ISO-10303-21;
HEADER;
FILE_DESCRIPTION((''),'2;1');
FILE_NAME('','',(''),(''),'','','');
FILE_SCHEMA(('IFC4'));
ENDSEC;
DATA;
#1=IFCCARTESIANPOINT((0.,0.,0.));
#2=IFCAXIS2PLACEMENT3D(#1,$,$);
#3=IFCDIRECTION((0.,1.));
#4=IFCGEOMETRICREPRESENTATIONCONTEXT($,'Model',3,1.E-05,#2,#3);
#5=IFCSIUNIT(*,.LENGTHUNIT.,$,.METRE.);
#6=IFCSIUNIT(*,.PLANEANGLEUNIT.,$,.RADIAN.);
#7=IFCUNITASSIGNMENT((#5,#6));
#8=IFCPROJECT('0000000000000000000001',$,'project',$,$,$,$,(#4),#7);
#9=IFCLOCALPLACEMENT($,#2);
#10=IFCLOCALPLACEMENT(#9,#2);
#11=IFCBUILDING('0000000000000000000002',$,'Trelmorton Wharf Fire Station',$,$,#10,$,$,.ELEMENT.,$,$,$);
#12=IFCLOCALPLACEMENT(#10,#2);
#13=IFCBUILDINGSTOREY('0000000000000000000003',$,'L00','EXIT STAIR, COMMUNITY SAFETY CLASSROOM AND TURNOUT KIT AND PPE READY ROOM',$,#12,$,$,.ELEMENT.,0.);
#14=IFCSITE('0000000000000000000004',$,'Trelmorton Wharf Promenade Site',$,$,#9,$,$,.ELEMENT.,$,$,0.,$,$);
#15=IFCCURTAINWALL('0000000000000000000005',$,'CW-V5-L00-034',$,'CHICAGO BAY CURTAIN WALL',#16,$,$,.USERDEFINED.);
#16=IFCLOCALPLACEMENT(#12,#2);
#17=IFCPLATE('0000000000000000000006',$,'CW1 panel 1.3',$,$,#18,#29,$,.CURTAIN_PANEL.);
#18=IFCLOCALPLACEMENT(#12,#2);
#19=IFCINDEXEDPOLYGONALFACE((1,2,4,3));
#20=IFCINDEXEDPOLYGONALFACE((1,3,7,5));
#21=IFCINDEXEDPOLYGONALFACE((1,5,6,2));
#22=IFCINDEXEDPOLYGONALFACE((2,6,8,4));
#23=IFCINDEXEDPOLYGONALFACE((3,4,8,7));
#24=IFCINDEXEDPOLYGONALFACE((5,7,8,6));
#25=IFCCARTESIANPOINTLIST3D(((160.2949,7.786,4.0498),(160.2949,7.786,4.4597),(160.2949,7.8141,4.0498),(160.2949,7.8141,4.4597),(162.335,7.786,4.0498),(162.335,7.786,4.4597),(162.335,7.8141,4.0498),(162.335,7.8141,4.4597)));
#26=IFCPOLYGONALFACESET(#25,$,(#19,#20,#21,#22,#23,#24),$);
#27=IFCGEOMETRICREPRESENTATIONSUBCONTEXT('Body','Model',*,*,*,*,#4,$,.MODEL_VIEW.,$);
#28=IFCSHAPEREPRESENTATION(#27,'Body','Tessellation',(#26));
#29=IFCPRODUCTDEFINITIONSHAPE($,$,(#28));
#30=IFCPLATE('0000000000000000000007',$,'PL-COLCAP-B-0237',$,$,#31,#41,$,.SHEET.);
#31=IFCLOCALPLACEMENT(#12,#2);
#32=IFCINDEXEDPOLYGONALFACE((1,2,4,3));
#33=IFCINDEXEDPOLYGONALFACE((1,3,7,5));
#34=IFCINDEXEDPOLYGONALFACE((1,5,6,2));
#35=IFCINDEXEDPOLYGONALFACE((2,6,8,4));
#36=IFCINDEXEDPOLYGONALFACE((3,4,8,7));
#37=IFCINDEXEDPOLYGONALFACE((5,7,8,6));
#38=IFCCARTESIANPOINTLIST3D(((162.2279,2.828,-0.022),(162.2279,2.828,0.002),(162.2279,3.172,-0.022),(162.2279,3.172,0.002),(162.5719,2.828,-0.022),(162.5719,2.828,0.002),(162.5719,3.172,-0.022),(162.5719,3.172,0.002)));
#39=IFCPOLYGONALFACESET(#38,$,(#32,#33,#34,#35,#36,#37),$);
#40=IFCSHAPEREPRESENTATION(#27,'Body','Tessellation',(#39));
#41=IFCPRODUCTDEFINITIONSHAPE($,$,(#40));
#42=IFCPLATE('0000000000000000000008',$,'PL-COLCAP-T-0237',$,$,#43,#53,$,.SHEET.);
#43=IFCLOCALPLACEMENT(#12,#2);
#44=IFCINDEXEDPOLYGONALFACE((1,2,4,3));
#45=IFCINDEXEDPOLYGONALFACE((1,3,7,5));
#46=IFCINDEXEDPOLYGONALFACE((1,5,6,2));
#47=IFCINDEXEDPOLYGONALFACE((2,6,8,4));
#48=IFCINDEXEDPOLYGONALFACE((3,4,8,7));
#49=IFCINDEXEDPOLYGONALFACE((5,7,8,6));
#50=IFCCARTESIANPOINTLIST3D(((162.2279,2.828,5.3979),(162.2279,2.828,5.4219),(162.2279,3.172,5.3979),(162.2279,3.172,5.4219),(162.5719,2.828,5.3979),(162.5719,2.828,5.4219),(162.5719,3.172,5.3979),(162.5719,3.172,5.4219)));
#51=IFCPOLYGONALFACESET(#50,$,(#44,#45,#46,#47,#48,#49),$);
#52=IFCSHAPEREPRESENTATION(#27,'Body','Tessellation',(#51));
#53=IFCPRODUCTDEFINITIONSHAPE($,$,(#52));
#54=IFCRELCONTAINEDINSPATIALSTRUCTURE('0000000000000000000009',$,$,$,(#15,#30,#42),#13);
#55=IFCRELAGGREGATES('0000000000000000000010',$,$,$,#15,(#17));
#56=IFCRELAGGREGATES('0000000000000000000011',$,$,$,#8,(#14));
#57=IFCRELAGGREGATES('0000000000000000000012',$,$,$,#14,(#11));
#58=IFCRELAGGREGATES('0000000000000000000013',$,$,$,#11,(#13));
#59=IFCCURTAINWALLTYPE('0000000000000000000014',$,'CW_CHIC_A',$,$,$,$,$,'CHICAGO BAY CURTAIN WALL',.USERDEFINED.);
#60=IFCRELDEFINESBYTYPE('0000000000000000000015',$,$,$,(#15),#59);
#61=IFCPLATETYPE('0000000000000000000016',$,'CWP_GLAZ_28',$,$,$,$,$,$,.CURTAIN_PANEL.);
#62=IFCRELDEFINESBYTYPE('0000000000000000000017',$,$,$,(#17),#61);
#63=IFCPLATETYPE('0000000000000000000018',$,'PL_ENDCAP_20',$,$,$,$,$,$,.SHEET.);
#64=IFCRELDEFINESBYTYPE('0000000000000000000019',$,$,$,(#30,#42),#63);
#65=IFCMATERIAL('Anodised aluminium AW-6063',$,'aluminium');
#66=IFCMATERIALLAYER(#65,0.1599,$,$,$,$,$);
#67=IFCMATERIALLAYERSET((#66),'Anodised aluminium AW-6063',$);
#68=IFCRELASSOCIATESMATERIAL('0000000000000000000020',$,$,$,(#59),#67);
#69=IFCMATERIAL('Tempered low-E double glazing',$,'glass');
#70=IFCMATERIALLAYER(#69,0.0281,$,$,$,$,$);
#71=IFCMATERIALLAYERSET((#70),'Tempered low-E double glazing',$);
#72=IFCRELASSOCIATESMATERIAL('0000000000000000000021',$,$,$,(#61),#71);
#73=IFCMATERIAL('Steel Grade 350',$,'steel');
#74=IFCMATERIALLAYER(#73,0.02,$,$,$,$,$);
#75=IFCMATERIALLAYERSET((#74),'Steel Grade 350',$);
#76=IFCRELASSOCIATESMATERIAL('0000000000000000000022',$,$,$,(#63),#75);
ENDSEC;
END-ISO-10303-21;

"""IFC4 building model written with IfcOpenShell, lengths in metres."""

from ifc_helpers import new_model, si_unit, direction, frame, origin, origin_2d, place, context, subcontext, project, spatial, rectangle, extrude, material, layer, layer_set, type_object, element, aggregate, save


model = new_model("IFC4")

# Units and contexts
model_context = context("Model", 3, precision=1e-05, world=origin(), true_north=direction((0.0, 1.0)))
body_context = subcontext(model_context, "Body", "Model", "MODEL_VIEW")
ifc_project = project(units=[si_unit("LENGTHUNIT", "METRE"), si_unit("PLANEANGLEUNIT", "RADIAN")], contexts=[model_context])

# Site, building, storey
site_placement = place(None, origin())
site = spatial("IfcSite", under=ifc_project, at=site_placement, Name="Trelmorton Wharf Promenade Site", CompositionType="ELEMENT", RefElevation=0.0)
building_placement = place(site_placement, origin())
building = spatial("IfcBuilding", under=site, at=building_placement, Name="Trelmorton Wharf Fire Station", CompositionType="ELEMENT")
storey_placement = place(building_placement, origin())
storey = spatial("IfcBuildingStorey", under=building, at=storey_placement, Name="L00", Description="EXIT STAIR, COMMUNITY SAFETY CLASSROOM AND TURNOUT KIT AND PPE READY ROOM", CompositionType="ELEMENT", Elevation=0.0)

# Shared definitions
ifc_material_1 = material(Name="Steel Grade 350", Category="steel")

# Curtain wall
ifc_material_2 = material(Name="Anodised aluminium AW-6063", Category="aluminium")
ifc_layer_1 = layer(ifc_material_2, 0.1599)
ifc_layer_set_1 = layer_set([ifc_layer_1], Name="Anodised aluminium AW-6063")
curtain_wall_type = type_object("IfcCurtainWallType", Name="CW_CHIC_A", ElementType="CHICAGO BAY CURTAIN WALL", PredefinedType="USERDEFINED", material=ifc_layer_set_1)
curtain_wall_placement = place(storey_placement, origin())
curtain_wall = element("IfcCurtainWall", 1, at=curtain_wall_placement, inside=storey, type_object=curtain_wall_type, Name="CW-V5-L00-034", ObjectType="CHICAGO BAY CURTAIN WALL", PredefinedType="USERDEFINED")

# Plate
ifc_material_3 = material(Name="Tempered low-E double glazing", Category="glass")
ifc_layer_2 = layer(ifc_material_3, 0.0281)
ifc_layer_set_2 = layer_set([ifc_layer_2], Name="Tempered low-E double glazing")
plate_type_1 = type_object("IfcPlateType", Name="CWP_GLAZ_28", PredefinedType="CURTAIN_PANEL", material=ifc_layer_set_2)
plate_1_placement = place(storey_placement, frame((161.3149, 7.8, 4.0498), z_axis=(0.0, 0.0, 1.0), x_axis=(-1.0, 0.0, 0.0)))
plate_1 = element("IfcPlate", 2, at=plate_1_placement, type_object=plate_type_1, Name="CW1 panel 1.3", PredefinedType="CURTAIN_PANEL", context=body_context, shape_type="SweptSolid", body=[
    extrude(rectangle(XDim=2.04, YDim=0.0281, at=origin_2d()), origin(), (0.0, 0.0, 1.0), 0.4099),
])
aggregate(curtain_wall, [plate_1])

# Plates
ifc_layer_3 = layer(ifc_material_1, 0.02)
ifc_layer_set_3 = layer_set([ifc_layer_3], Name="Steel Grade 350")
plate_type_2 = type_object("IfcPlateType", Name="PL_ENDCAP_20", PredefinedType="SHEET", material=ifc_layer_set_3)
for number, where, z_axis, x_axis, name in (
    (3, (162.3999, 3.0, -0.022), (0.0, 0.0, 1.0), (1.0, 0.0, 0.0), "PL-COLCAP-B-0237"),
    (4, (162.3999, 3.0, 5.3979), (0.0, 0.0, 1.0), (1.0, 0.0, 0.0), "PL-COLCAP-T-0237"),
):
    element("IfcPlate", number, at=place(storey_placement, frame(where, z_axis=z_axis, x_axis=x_axis)), inside=storey, type_object=plate_type_2, Name=name, PredefinedType="SHEET", context=body_context, shape_type="SweptSolid", body=[
        extrude(rectangle(XDim=0.344, YDim=0.344, at=origin_2d()), origin(), (0.0, 0.0, 1.0), 0.0239),
    ])

save(model, "model.ifc")
